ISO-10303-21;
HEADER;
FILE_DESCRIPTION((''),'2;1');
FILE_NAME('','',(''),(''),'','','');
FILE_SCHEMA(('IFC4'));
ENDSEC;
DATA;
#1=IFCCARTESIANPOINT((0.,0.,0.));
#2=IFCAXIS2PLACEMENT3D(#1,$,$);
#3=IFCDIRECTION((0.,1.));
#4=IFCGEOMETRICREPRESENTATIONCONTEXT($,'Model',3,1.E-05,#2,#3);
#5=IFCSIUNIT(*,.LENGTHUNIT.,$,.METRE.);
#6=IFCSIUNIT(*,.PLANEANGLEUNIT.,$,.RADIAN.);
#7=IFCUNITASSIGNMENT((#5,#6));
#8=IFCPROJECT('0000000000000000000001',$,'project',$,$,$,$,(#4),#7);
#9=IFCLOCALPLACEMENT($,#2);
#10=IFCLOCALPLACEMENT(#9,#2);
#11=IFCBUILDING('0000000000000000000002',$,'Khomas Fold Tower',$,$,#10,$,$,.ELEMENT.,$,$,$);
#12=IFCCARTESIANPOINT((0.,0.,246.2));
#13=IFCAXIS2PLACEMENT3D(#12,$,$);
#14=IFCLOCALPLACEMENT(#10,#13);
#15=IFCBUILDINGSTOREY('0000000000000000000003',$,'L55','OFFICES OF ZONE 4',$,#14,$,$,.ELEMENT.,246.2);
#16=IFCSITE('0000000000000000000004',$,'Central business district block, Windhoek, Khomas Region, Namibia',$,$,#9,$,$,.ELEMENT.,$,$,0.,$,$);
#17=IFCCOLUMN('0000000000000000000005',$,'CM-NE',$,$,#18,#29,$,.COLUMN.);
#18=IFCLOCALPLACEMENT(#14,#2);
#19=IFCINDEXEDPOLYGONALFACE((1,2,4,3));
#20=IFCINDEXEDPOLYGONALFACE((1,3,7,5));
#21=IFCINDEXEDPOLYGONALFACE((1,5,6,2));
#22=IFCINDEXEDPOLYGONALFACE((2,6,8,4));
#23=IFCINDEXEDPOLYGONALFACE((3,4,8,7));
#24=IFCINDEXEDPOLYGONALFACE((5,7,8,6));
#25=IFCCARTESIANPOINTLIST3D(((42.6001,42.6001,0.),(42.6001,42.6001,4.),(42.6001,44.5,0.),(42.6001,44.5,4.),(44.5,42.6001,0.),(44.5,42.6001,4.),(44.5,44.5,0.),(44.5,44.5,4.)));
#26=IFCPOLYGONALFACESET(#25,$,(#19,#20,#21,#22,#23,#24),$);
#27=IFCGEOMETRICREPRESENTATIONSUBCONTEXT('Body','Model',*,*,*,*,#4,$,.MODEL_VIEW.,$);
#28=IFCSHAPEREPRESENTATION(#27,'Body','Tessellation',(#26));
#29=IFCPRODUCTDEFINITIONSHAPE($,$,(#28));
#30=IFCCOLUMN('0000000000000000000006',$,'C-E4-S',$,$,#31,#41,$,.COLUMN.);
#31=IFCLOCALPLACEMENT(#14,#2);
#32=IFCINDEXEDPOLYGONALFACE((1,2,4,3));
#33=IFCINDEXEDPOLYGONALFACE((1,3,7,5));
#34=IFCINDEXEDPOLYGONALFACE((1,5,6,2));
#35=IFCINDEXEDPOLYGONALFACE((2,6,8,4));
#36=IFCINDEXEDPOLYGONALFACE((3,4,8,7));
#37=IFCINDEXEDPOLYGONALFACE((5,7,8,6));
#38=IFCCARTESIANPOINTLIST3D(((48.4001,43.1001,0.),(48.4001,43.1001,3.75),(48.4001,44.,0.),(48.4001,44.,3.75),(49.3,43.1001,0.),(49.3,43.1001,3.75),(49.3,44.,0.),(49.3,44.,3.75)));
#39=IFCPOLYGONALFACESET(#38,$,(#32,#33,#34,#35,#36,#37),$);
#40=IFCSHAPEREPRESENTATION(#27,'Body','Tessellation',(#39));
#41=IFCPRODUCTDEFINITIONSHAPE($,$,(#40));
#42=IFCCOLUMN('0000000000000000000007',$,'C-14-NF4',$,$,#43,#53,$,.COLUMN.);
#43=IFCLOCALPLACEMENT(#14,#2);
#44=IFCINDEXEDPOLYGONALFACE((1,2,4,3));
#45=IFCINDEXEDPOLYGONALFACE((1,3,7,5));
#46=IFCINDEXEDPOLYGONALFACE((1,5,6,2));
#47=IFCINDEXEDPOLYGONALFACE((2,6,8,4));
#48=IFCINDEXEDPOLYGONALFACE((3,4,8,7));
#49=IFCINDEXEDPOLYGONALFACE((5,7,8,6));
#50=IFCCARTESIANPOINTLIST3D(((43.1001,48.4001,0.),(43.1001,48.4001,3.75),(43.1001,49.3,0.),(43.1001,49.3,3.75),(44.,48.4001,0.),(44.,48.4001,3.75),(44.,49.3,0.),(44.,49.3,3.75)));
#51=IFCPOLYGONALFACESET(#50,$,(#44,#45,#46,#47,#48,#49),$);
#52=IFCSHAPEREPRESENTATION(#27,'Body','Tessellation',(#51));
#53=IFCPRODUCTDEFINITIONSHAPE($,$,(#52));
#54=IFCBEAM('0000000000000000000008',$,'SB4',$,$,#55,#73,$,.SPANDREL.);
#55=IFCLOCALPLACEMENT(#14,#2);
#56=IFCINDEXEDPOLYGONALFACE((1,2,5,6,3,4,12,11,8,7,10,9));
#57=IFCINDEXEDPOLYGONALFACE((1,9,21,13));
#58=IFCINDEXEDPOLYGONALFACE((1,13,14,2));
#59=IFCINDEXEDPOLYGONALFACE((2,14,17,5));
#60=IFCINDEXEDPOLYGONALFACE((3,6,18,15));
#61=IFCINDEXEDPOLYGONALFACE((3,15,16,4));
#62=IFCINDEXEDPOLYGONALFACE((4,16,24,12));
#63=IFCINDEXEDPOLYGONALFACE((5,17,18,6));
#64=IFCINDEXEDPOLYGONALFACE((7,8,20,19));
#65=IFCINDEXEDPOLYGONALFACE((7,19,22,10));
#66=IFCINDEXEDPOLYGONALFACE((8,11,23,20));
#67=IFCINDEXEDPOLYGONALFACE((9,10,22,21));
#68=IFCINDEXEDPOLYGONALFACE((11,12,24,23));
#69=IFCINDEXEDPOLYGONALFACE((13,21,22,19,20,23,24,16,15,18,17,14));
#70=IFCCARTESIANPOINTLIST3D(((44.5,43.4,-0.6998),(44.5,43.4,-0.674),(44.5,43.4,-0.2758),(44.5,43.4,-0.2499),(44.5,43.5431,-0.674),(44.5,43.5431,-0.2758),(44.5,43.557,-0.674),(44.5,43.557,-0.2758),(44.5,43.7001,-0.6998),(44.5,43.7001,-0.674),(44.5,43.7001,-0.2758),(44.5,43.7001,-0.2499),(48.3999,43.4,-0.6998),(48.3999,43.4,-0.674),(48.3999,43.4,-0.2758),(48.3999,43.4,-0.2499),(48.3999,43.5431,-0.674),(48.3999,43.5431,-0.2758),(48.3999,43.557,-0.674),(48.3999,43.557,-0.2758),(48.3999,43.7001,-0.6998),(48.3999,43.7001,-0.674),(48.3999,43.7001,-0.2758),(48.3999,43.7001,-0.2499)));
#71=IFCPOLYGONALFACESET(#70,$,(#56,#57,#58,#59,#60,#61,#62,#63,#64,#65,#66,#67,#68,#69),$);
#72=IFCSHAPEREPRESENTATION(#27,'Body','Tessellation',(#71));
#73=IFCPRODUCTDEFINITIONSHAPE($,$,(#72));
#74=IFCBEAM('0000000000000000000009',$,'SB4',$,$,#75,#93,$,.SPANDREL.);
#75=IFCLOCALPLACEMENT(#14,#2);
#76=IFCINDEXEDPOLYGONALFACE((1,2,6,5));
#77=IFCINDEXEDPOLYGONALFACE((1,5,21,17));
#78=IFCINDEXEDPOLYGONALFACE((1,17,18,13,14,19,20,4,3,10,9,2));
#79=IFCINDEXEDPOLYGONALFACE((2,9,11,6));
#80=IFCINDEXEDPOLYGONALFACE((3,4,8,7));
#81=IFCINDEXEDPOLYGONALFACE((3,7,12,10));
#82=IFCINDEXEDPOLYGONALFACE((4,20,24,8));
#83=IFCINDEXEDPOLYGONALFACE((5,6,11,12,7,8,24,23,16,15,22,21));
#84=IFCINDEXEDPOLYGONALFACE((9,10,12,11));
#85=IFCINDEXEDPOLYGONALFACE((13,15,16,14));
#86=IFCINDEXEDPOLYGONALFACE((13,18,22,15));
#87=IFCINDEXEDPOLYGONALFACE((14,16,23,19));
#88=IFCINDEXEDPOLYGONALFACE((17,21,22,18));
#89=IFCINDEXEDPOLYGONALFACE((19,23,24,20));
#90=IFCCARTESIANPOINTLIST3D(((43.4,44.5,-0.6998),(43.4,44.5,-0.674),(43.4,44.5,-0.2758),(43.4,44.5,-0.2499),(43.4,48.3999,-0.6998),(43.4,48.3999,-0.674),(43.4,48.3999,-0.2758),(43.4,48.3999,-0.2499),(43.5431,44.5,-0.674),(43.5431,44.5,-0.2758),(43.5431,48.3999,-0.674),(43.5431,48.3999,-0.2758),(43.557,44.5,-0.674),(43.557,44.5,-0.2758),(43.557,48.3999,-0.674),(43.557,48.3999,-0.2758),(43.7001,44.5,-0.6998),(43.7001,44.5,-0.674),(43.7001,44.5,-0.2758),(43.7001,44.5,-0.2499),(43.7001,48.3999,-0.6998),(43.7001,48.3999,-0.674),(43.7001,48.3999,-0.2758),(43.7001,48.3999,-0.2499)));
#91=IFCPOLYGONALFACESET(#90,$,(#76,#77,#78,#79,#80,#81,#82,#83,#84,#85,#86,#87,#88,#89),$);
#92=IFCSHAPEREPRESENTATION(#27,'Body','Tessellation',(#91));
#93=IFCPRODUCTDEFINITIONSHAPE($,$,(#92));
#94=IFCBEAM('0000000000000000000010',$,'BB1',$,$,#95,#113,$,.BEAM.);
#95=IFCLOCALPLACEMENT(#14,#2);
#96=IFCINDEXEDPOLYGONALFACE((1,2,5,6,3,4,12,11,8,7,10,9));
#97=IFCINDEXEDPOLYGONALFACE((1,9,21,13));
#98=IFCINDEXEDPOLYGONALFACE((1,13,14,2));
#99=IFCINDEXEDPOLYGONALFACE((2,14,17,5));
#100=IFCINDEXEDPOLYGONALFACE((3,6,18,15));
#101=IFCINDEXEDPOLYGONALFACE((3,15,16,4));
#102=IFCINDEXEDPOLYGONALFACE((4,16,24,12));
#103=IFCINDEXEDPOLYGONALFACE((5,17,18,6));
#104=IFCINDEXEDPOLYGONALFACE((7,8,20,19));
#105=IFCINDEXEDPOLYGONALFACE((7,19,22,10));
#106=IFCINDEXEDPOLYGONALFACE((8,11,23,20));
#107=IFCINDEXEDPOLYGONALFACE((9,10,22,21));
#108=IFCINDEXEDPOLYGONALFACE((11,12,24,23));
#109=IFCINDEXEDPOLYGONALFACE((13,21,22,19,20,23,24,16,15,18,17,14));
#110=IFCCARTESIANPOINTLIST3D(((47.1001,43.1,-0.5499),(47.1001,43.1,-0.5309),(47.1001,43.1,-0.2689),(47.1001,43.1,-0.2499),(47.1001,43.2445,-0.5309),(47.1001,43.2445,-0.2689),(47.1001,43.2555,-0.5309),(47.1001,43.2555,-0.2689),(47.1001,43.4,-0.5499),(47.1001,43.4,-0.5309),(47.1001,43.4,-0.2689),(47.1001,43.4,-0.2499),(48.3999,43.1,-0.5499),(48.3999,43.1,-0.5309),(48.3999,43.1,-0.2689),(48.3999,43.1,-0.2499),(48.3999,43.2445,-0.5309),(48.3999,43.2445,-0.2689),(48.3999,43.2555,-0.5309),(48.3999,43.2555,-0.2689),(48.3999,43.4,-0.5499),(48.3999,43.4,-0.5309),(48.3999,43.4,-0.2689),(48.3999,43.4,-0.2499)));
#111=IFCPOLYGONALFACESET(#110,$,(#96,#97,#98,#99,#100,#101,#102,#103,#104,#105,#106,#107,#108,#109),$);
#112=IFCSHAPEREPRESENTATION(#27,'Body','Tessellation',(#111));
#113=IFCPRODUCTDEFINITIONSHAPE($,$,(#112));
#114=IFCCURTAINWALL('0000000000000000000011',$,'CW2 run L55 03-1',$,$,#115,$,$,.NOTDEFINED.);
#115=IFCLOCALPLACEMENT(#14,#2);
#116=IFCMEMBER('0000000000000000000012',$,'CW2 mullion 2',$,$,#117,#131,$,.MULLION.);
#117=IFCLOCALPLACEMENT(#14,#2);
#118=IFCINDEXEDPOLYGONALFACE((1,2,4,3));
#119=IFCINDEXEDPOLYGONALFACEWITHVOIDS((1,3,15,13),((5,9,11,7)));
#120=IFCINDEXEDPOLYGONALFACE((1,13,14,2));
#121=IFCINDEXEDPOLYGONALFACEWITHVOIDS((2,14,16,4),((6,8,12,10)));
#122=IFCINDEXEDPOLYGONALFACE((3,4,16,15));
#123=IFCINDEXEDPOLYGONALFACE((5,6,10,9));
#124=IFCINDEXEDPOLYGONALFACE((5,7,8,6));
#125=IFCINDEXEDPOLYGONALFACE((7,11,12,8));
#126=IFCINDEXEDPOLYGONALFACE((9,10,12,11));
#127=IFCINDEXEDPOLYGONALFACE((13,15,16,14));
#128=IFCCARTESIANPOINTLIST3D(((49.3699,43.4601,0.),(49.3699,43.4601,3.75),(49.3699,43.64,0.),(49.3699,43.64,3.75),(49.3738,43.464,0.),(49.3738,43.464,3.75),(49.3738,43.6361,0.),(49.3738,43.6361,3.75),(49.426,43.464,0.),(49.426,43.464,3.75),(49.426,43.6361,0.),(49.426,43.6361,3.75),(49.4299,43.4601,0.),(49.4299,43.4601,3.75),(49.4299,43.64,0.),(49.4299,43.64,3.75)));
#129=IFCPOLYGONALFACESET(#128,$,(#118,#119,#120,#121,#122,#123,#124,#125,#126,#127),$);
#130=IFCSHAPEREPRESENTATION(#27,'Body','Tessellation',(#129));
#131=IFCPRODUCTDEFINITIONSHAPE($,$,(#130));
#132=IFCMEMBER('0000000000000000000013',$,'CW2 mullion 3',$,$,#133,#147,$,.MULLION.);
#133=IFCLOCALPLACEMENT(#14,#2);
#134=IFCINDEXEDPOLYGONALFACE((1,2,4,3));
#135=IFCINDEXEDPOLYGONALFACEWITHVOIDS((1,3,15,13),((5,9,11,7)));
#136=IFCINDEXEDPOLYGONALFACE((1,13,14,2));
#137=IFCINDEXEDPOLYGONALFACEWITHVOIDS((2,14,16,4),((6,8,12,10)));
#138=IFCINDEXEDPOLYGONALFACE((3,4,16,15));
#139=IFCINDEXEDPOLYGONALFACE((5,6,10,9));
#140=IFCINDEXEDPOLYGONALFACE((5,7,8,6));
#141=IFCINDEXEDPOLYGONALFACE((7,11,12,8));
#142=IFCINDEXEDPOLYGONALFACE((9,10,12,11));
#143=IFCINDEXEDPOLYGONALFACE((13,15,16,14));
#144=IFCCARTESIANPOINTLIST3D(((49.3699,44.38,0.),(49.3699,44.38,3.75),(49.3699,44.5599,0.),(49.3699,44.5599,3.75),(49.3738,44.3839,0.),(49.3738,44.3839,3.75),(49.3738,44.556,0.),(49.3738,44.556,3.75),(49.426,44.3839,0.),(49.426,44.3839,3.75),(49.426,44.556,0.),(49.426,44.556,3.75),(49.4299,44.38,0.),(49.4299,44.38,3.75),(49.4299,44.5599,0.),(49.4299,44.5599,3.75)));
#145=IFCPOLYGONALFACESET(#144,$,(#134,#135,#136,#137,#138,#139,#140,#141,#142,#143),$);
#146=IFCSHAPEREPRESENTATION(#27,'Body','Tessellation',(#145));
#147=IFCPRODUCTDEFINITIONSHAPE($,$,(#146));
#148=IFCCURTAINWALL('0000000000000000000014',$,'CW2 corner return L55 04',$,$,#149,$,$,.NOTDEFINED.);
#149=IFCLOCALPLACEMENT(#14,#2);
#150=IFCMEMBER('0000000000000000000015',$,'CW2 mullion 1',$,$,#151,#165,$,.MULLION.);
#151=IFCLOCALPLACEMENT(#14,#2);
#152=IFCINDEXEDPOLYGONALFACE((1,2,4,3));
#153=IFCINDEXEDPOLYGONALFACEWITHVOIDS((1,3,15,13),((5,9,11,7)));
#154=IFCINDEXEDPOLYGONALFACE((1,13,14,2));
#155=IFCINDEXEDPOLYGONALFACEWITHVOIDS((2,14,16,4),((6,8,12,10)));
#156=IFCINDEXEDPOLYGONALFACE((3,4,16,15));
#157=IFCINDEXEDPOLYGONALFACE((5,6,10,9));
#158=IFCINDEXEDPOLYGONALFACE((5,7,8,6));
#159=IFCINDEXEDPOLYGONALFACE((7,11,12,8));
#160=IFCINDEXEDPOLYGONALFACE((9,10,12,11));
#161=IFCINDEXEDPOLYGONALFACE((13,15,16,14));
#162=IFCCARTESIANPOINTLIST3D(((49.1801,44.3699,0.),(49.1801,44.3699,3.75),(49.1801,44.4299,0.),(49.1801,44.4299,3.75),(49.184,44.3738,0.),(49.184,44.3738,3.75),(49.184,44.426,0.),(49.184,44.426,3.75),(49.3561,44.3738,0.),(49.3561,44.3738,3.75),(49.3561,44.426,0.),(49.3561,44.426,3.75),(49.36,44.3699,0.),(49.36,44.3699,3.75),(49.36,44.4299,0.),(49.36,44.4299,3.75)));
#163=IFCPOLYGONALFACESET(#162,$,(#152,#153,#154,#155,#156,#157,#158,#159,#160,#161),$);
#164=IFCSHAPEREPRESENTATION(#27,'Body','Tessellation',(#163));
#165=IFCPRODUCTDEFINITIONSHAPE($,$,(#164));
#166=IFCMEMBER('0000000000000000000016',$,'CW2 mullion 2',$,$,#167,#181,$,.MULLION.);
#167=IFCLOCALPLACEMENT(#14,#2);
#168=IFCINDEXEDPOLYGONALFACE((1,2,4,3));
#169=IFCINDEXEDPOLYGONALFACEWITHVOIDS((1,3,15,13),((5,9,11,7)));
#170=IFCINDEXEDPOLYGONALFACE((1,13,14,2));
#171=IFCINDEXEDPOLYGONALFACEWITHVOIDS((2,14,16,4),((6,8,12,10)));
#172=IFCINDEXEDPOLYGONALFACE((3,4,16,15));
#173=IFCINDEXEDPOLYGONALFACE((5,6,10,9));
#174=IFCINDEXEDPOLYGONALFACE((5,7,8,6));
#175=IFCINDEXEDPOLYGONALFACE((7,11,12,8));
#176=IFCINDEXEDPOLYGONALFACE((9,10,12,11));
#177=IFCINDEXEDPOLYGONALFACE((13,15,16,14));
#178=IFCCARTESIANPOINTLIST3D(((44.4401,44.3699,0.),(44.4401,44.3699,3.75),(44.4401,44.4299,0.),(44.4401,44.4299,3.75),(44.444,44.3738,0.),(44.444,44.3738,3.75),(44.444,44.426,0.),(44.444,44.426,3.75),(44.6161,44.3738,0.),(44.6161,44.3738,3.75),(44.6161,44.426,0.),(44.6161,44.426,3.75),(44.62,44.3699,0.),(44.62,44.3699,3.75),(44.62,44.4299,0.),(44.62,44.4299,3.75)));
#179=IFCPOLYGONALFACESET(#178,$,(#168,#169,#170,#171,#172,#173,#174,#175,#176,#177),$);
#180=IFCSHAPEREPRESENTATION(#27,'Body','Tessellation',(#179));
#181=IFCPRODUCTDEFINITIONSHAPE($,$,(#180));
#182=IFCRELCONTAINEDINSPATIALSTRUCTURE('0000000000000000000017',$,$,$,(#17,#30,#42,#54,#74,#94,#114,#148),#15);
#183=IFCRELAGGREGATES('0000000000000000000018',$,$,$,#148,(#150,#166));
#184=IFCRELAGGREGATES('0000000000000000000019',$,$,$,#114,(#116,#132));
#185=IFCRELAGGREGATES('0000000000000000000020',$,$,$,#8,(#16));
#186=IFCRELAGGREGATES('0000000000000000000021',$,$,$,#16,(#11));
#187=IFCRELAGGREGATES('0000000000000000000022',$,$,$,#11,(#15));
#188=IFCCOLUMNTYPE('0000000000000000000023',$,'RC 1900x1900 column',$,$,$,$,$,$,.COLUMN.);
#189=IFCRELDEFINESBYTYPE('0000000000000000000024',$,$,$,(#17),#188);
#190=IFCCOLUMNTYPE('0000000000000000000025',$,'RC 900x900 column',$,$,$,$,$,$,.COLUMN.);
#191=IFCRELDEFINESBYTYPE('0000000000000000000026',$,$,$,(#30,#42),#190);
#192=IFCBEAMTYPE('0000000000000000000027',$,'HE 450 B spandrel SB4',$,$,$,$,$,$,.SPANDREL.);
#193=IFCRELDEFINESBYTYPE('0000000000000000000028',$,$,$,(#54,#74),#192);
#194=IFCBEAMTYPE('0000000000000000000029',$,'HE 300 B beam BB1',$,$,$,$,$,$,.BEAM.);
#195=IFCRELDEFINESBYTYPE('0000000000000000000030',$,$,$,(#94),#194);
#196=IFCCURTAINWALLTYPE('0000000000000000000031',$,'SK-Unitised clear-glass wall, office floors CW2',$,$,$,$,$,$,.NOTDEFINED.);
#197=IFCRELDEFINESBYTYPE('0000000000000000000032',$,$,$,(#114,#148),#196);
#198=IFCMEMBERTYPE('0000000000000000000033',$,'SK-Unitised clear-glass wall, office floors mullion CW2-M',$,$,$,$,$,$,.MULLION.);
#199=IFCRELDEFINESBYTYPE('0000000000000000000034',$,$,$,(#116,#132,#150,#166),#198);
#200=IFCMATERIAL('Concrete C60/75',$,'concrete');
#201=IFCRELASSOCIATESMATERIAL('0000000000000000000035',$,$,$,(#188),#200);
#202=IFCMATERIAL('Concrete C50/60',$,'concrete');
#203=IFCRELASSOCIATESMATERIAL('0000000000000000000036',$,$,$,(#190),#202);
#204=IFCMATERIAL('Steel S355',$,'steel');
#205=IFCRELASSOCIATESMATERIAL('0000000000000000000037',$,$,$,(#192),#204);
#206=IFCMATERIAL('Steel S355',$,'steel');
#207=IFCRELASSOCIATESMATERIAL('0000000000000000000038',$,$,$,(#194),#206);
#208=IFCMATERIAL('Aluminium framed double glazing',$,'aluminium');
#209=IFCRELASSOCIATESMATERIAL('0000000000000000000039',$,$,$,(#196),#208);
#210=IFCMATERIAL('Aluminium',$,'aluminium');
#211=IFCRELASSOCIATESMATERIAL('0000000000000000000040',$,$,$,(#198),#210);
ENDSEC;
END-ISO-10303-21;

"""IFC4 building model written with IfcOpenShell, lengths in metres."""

from ifc_helpers import new_model, si_unit, direction, frame, origin, origin_2d, place, context, subcontext, project, spatial, rectangle, hollow_rectangle, i_section, extrude, source, transform, mapped, material, material_profile, profile_set, type_object, element, aggregate, save


model = new_model("IFC4")

# Units and contexts
model_context = context("Model", 3, precision=1e-05, world=origin(), true_north=direction((0.0, 1.0)))
body_context = subcontext(model_context, "Body", "Model", "MODEL_VIEW")
ifc_project = project(units=[si_unit("LENGTHUNIT", "METRE"), si_unit("PLANEANGLEUNIT", "RADIAN")], contexts=[model_context])

# Site, building, storey
site_placement = place(None, origin())
site = spatial("IfcSite", under=ifc_project, at=site_placement, Name="Central business district block, Windhoek, Khomas Region, Namibia", CompositionType="ELEMENT", RefElevation=0.0)
building_placement = place(site_placement, origin())
building = spatial("IfcBuilding", under=site, at=building_placement, Name="Khomas Fold Tower", CompositionType="ELEMENT")
storey_placement = place(building_placement, frame((0.0, 0.0, 246.2)))
storey = spatial("IfcBuildingStorey", under=building, at=storey_placement, Name="L55", Description="OFFICES OF ZONE 4", CompositionType="ELEMENT", Elevation=246.2)

# Columns
ifc_material_1 = material(Name="Concrete C60/75", Category="concrete")
ifc_material_profile_1 = material_profile(ifc_material_1, rectangle(XDim=1.8999, YDim=1.8999, at=origin_2d()), Name="RC 1900x1900")
ifc_profile_set_1 = profile_set([ifc_material_profile_1], Name="Concrete C60/75")
column_type_1 = type_object("IfcColumnType", Name="RC 1900x1900 column", PredefinedType="COLUMN", material=ifc_profile_set_1)
shared_shape_1 = source(origin(), body_context, "Body", "SweptSolid", [
    extrude(rectangle(XDim=1.8999, YDim=1.8999, at=origin_2d()), origin(), (0.0, 0.0, 1.0), 4.0),
])
column_placement = place(storey_placement, frame((43.55, 43.55, 0.0), z_axis=(0.0, 0.0, 1.0), x_axis=(1.0, 0.0, 0.0)))
element("IfcColumn", 1, at=column_placement, inside=storey, type_object=column_type_1, Name="CM-NE", PredefinedType="COLUMN", context=body_context, shape_type="MappedRepresentation", body=[
    mapped(shared_shape_1, transform((0.0, 0.0, 0.0))),
])
ifc_material_2 = material(Name="Concrete C50/60", Category="concrete")
ifc_material_profile_2 = material_profile(ifc_material_2, rectangle(XDim=0.8999, YDim=0.8999, at=origin_2d()), Name="RC 900x900")
ifc_profile_set_2 = profile_set([ifc_material_profile_2], Name="Concrete C50/60")
column_type_2 = type_object("IfcColumnType", Name="RC 900x900 column", PredefinedType="COLUMN", material=ifc_profile_set_2)
shared_shape_2 = source(origin(), body_context, "Body", "SweptSolid", [
    extrude(rectangle(XDim=0.8999, YDim=0.8999, at=origin_2d()), origin(), (0.0, 0.0, 1.0), 3.75),
])
for number, where, z_axis, x_axis, name in (
    (2, (48.8501, 43.55, 0.0), (0.0, 0.0, 1.0), (1.0, 0.0, 0.0), "C-E4-S"),
    (3, (43.55, 48.8501, 0.0), (0.0, 0.0, 1.0), (1.0, 0.0, 0.0), "C-14-NF4"),
):
    element("IfcColumn", number, at=place(storey_placement, frame(where, z_axis=z_axis, x_axis=x_axis)), inside=storey, type_object=column_type_2, Name=name, PredefinedType="COLUMN", context=body_context, shape_type="MappedRepresentation", body=[
        mapped(shared_shape_2, transform((0.0, 0.0, 0.0))),
    ])

# Beams
ifc_material_3 = material(Name="Steel S355", Category="steel")
ifc_material_profile_3 = material_profile(ifc_material_3, i_section(OverallWidth=0.3, OverallDepth=0.45, WebThickness=0.0139, FlangeThickness=0.0259, at=origin_2d()), Name="HE 450 B")
ifc_profile_set_3 = profile_set([ifc_material_profile_3], Name="Steel S355")
beam_type_1 = type_object("IfcBeamType", Name="HE 450 B spandrel SB4", PredefinedType="SPANDREL", material=ifc_profile_set_3)
shared_shape_3 = source(origin(), body_context, "Body", "SweptSolid", [
    extrude(i_section(OverallWidth=0.3, OverallDepth=0.45, WebThickness=0.0139, FlangeThickness=0.0259, at=origin_2d()), origin(), (0.0, 0.0, 1.0), 3.8999),
])
for number, where, z_axis, x_axis, name in (
    (4, (44.5, 43.55, -0.4749), (1.0, 0.0, 0.0), (0.0, 1.0, 0.0), "SB4"),
    (5, (43.55, 44.5, -0.4749), (0.0, 1.0, 0.0), (-1.0, 0.0, 0.0), "SB4"),
):
    element("IfcBeam", number, at=place(storey_placement, frame(where, z_axis=z_axis, x_axis=x_axis)), inside=storey, type_object=beam_type_1, Name=name, PredefinedType="SPANDREL", context=body_context, shape_type="MappedRepresentation", body=[
        mapped(shared_shape_3, transform((0.0, 0.0, 0.0))),
    ])
ifc_material_4 = material(Name="Steel S355", Category="steel")
ifc_material_profile_4 = material_profile(ifc_material_4, i_section(OverallWidth=0.3, OverallDepth=0.3, WebThickness=0.011, FlangeThickness=0.019, at=origin_2d()), Name="HE 300 B")
ifc_profile_set_4 = profile_set([ifc_material_profile_4], Name="Steel S355")
beam_type_2 = type_object("IfcBeamType", Name="HE 300 B beam BB1", PredefinedType="BEAM", material=ifc_profile_set_4)
shared_shape_4 = source(origin(), body_context, "Body", "SweptSolid", [
    extrude(i_section(OverallWidth=0.3, OverallDepth=0.3, WebThickness=0.011, FlangeThickness=0.019, at=origin_2d()), origin(), (0.0, 0.0, 1.0), 1.2998),
])
beam_placement = place(storey_placement, frame((47.1001, 43.25, -0.3999), z_axis=(1.0, 0.0, 0.0), x_axis=(0.0, 1.0, 0.0)))
element("IfcBeam", 6, at=beam_placement, inside=storey, type_object=beam_type_2, Name="BB1", PredefinedType="BEAM", context=body_context, shape_type="MappedRepresentation", body=[
    mapped(shared_shape_4, transform((0.0, 0.0, 0.0))),
])

# Curtain walls, members
ifc_material_5 = material(Name="Aluminium framed double glazing", Category="aluminium")
curtain_wall_type = type_object("IfcCurtainWallType", Name="SK-Unitised clear-glass wall, office floors CW2", PredefinedType="NOTDEFINED", material=ifc_material_5)
curtain_wall_1_placement = place(storey_placement, origin())
curtain_wall_1 = element("IfcCurtainWall", 7, at=curtain_wall_1_placement, inside=storey, type_object=curtain_wall_type, Name="CW2 run L55 03-1", PredefinedType="NOTDEFINED")
ifc_material_6 = material(Name="Aluminium", Category="aluminium")
ifc_material_profile_5 = material_profile(ifc_material_6, hollow_rectangle(XDim=0.0601, YDim=0.1799, WallThickness=0.0039, at=origin_2d()), Name="SK-Unitised clear-glass wall, office floors mullion CW2-M")
ifc_profile_set_5 = profile_set([ifc_material_profile_5], Name="Aluminium")
member_type_1 = type_object("IfcMemberType", Name="SK-Unitised clear-glass wall, office floors mullion CW2-M", PredefinedType="MULLION", material=ifc_profile_set_5)
shared_shape_5 = source(origin(), body_context, "Body", "SweptSolid", [
    extrude(hollow_rectangle(XDim=0.0601, YDim=0.1799, WallThickness=0.0039, at=origin_2d()), origin(), (0.0, 0.0, 1.0), 3.75),
])
member_1_placement = place(storey_placement, frame((49.3999, 43.55, 0.0), z_axis=(0.0, 0.0, 1.0), x_axis=(-1.0, 0.0, 0.0)))
member_1 = element("IfcMember", 8, at=member_1_placement, type_object=member_type_1, Name="CW2 mullion 2", PredefinedType="MULLION", context=body_context, shape_type="MappedRepresentation", body=[
    mapped(shared_shape_5, transform((0.0, 0.0, 0.0))),
])
member_2_placement = place(storey_placement, frame((49.3999, 44.47, 0.0), z_axis=(0.0, 0.0, 1.0), x_axis=(-1.0, 0.0, 0.0)))
member_2 = element("IfcMember", 9, at=member_2_placement, type_object=member_type_1, Name="CW2 mullion 3", PredefinedType="MULLION", context=body_context, shape_type="MappedRepresentation", body=[
    mapped(shared_shape_5, transform((0.0, 0.0, 0.0))),
])
curtain_wall_2_placement = place(storey_placement, origin())
curtain_wall_2 = element("IfcCurtainWall", 10, at=curtain_wall_2_placement, inside=storey, type_object=curtain_wall_type, Name="CW2 corner return L55 04", PredefinedType="NOTDEFINED")
member_3_placement = place(storey_placement, frame((49.27, 44.3999, 0.0), z_axis=(0.0, 0.0, 1.0), x_axis=(0.0, -1.0, 0.0)))
member_3 = element("IfcMember", 11, at=member_3_placement, type_object=member_type_1, Name="CW2 mullion 1", PredefinedType="MULLION", context=body_context, shape_type="MappedRepresentation", body=[
    mapped(shared_shape_5, transform((0.0, 0.0, 0.0))),
])
member_4_placement = place(storey_placement, frame((44.53, 44.3999, 0.0), z_axis=(0.0, 0.0, 1.0), x_axis=(0.0, -1.0, 0.0)))
member_4 = element("IfcMember", 12, at=member_4_placement, type_object=member_type_1, Name="CW2 mullion 2", PredefinedType="MULLION", context=body_context, shape_type="MappedRepresentation", body=[
    mapped(shared_shape_5, transform((0.0, 0.0, 0.0))),
])

aggregate(curtain_wall_2, [member_3, member_4])
aggregate(curtain_wall_1, [member_1, member_2])

save(model, "model.ifc")
